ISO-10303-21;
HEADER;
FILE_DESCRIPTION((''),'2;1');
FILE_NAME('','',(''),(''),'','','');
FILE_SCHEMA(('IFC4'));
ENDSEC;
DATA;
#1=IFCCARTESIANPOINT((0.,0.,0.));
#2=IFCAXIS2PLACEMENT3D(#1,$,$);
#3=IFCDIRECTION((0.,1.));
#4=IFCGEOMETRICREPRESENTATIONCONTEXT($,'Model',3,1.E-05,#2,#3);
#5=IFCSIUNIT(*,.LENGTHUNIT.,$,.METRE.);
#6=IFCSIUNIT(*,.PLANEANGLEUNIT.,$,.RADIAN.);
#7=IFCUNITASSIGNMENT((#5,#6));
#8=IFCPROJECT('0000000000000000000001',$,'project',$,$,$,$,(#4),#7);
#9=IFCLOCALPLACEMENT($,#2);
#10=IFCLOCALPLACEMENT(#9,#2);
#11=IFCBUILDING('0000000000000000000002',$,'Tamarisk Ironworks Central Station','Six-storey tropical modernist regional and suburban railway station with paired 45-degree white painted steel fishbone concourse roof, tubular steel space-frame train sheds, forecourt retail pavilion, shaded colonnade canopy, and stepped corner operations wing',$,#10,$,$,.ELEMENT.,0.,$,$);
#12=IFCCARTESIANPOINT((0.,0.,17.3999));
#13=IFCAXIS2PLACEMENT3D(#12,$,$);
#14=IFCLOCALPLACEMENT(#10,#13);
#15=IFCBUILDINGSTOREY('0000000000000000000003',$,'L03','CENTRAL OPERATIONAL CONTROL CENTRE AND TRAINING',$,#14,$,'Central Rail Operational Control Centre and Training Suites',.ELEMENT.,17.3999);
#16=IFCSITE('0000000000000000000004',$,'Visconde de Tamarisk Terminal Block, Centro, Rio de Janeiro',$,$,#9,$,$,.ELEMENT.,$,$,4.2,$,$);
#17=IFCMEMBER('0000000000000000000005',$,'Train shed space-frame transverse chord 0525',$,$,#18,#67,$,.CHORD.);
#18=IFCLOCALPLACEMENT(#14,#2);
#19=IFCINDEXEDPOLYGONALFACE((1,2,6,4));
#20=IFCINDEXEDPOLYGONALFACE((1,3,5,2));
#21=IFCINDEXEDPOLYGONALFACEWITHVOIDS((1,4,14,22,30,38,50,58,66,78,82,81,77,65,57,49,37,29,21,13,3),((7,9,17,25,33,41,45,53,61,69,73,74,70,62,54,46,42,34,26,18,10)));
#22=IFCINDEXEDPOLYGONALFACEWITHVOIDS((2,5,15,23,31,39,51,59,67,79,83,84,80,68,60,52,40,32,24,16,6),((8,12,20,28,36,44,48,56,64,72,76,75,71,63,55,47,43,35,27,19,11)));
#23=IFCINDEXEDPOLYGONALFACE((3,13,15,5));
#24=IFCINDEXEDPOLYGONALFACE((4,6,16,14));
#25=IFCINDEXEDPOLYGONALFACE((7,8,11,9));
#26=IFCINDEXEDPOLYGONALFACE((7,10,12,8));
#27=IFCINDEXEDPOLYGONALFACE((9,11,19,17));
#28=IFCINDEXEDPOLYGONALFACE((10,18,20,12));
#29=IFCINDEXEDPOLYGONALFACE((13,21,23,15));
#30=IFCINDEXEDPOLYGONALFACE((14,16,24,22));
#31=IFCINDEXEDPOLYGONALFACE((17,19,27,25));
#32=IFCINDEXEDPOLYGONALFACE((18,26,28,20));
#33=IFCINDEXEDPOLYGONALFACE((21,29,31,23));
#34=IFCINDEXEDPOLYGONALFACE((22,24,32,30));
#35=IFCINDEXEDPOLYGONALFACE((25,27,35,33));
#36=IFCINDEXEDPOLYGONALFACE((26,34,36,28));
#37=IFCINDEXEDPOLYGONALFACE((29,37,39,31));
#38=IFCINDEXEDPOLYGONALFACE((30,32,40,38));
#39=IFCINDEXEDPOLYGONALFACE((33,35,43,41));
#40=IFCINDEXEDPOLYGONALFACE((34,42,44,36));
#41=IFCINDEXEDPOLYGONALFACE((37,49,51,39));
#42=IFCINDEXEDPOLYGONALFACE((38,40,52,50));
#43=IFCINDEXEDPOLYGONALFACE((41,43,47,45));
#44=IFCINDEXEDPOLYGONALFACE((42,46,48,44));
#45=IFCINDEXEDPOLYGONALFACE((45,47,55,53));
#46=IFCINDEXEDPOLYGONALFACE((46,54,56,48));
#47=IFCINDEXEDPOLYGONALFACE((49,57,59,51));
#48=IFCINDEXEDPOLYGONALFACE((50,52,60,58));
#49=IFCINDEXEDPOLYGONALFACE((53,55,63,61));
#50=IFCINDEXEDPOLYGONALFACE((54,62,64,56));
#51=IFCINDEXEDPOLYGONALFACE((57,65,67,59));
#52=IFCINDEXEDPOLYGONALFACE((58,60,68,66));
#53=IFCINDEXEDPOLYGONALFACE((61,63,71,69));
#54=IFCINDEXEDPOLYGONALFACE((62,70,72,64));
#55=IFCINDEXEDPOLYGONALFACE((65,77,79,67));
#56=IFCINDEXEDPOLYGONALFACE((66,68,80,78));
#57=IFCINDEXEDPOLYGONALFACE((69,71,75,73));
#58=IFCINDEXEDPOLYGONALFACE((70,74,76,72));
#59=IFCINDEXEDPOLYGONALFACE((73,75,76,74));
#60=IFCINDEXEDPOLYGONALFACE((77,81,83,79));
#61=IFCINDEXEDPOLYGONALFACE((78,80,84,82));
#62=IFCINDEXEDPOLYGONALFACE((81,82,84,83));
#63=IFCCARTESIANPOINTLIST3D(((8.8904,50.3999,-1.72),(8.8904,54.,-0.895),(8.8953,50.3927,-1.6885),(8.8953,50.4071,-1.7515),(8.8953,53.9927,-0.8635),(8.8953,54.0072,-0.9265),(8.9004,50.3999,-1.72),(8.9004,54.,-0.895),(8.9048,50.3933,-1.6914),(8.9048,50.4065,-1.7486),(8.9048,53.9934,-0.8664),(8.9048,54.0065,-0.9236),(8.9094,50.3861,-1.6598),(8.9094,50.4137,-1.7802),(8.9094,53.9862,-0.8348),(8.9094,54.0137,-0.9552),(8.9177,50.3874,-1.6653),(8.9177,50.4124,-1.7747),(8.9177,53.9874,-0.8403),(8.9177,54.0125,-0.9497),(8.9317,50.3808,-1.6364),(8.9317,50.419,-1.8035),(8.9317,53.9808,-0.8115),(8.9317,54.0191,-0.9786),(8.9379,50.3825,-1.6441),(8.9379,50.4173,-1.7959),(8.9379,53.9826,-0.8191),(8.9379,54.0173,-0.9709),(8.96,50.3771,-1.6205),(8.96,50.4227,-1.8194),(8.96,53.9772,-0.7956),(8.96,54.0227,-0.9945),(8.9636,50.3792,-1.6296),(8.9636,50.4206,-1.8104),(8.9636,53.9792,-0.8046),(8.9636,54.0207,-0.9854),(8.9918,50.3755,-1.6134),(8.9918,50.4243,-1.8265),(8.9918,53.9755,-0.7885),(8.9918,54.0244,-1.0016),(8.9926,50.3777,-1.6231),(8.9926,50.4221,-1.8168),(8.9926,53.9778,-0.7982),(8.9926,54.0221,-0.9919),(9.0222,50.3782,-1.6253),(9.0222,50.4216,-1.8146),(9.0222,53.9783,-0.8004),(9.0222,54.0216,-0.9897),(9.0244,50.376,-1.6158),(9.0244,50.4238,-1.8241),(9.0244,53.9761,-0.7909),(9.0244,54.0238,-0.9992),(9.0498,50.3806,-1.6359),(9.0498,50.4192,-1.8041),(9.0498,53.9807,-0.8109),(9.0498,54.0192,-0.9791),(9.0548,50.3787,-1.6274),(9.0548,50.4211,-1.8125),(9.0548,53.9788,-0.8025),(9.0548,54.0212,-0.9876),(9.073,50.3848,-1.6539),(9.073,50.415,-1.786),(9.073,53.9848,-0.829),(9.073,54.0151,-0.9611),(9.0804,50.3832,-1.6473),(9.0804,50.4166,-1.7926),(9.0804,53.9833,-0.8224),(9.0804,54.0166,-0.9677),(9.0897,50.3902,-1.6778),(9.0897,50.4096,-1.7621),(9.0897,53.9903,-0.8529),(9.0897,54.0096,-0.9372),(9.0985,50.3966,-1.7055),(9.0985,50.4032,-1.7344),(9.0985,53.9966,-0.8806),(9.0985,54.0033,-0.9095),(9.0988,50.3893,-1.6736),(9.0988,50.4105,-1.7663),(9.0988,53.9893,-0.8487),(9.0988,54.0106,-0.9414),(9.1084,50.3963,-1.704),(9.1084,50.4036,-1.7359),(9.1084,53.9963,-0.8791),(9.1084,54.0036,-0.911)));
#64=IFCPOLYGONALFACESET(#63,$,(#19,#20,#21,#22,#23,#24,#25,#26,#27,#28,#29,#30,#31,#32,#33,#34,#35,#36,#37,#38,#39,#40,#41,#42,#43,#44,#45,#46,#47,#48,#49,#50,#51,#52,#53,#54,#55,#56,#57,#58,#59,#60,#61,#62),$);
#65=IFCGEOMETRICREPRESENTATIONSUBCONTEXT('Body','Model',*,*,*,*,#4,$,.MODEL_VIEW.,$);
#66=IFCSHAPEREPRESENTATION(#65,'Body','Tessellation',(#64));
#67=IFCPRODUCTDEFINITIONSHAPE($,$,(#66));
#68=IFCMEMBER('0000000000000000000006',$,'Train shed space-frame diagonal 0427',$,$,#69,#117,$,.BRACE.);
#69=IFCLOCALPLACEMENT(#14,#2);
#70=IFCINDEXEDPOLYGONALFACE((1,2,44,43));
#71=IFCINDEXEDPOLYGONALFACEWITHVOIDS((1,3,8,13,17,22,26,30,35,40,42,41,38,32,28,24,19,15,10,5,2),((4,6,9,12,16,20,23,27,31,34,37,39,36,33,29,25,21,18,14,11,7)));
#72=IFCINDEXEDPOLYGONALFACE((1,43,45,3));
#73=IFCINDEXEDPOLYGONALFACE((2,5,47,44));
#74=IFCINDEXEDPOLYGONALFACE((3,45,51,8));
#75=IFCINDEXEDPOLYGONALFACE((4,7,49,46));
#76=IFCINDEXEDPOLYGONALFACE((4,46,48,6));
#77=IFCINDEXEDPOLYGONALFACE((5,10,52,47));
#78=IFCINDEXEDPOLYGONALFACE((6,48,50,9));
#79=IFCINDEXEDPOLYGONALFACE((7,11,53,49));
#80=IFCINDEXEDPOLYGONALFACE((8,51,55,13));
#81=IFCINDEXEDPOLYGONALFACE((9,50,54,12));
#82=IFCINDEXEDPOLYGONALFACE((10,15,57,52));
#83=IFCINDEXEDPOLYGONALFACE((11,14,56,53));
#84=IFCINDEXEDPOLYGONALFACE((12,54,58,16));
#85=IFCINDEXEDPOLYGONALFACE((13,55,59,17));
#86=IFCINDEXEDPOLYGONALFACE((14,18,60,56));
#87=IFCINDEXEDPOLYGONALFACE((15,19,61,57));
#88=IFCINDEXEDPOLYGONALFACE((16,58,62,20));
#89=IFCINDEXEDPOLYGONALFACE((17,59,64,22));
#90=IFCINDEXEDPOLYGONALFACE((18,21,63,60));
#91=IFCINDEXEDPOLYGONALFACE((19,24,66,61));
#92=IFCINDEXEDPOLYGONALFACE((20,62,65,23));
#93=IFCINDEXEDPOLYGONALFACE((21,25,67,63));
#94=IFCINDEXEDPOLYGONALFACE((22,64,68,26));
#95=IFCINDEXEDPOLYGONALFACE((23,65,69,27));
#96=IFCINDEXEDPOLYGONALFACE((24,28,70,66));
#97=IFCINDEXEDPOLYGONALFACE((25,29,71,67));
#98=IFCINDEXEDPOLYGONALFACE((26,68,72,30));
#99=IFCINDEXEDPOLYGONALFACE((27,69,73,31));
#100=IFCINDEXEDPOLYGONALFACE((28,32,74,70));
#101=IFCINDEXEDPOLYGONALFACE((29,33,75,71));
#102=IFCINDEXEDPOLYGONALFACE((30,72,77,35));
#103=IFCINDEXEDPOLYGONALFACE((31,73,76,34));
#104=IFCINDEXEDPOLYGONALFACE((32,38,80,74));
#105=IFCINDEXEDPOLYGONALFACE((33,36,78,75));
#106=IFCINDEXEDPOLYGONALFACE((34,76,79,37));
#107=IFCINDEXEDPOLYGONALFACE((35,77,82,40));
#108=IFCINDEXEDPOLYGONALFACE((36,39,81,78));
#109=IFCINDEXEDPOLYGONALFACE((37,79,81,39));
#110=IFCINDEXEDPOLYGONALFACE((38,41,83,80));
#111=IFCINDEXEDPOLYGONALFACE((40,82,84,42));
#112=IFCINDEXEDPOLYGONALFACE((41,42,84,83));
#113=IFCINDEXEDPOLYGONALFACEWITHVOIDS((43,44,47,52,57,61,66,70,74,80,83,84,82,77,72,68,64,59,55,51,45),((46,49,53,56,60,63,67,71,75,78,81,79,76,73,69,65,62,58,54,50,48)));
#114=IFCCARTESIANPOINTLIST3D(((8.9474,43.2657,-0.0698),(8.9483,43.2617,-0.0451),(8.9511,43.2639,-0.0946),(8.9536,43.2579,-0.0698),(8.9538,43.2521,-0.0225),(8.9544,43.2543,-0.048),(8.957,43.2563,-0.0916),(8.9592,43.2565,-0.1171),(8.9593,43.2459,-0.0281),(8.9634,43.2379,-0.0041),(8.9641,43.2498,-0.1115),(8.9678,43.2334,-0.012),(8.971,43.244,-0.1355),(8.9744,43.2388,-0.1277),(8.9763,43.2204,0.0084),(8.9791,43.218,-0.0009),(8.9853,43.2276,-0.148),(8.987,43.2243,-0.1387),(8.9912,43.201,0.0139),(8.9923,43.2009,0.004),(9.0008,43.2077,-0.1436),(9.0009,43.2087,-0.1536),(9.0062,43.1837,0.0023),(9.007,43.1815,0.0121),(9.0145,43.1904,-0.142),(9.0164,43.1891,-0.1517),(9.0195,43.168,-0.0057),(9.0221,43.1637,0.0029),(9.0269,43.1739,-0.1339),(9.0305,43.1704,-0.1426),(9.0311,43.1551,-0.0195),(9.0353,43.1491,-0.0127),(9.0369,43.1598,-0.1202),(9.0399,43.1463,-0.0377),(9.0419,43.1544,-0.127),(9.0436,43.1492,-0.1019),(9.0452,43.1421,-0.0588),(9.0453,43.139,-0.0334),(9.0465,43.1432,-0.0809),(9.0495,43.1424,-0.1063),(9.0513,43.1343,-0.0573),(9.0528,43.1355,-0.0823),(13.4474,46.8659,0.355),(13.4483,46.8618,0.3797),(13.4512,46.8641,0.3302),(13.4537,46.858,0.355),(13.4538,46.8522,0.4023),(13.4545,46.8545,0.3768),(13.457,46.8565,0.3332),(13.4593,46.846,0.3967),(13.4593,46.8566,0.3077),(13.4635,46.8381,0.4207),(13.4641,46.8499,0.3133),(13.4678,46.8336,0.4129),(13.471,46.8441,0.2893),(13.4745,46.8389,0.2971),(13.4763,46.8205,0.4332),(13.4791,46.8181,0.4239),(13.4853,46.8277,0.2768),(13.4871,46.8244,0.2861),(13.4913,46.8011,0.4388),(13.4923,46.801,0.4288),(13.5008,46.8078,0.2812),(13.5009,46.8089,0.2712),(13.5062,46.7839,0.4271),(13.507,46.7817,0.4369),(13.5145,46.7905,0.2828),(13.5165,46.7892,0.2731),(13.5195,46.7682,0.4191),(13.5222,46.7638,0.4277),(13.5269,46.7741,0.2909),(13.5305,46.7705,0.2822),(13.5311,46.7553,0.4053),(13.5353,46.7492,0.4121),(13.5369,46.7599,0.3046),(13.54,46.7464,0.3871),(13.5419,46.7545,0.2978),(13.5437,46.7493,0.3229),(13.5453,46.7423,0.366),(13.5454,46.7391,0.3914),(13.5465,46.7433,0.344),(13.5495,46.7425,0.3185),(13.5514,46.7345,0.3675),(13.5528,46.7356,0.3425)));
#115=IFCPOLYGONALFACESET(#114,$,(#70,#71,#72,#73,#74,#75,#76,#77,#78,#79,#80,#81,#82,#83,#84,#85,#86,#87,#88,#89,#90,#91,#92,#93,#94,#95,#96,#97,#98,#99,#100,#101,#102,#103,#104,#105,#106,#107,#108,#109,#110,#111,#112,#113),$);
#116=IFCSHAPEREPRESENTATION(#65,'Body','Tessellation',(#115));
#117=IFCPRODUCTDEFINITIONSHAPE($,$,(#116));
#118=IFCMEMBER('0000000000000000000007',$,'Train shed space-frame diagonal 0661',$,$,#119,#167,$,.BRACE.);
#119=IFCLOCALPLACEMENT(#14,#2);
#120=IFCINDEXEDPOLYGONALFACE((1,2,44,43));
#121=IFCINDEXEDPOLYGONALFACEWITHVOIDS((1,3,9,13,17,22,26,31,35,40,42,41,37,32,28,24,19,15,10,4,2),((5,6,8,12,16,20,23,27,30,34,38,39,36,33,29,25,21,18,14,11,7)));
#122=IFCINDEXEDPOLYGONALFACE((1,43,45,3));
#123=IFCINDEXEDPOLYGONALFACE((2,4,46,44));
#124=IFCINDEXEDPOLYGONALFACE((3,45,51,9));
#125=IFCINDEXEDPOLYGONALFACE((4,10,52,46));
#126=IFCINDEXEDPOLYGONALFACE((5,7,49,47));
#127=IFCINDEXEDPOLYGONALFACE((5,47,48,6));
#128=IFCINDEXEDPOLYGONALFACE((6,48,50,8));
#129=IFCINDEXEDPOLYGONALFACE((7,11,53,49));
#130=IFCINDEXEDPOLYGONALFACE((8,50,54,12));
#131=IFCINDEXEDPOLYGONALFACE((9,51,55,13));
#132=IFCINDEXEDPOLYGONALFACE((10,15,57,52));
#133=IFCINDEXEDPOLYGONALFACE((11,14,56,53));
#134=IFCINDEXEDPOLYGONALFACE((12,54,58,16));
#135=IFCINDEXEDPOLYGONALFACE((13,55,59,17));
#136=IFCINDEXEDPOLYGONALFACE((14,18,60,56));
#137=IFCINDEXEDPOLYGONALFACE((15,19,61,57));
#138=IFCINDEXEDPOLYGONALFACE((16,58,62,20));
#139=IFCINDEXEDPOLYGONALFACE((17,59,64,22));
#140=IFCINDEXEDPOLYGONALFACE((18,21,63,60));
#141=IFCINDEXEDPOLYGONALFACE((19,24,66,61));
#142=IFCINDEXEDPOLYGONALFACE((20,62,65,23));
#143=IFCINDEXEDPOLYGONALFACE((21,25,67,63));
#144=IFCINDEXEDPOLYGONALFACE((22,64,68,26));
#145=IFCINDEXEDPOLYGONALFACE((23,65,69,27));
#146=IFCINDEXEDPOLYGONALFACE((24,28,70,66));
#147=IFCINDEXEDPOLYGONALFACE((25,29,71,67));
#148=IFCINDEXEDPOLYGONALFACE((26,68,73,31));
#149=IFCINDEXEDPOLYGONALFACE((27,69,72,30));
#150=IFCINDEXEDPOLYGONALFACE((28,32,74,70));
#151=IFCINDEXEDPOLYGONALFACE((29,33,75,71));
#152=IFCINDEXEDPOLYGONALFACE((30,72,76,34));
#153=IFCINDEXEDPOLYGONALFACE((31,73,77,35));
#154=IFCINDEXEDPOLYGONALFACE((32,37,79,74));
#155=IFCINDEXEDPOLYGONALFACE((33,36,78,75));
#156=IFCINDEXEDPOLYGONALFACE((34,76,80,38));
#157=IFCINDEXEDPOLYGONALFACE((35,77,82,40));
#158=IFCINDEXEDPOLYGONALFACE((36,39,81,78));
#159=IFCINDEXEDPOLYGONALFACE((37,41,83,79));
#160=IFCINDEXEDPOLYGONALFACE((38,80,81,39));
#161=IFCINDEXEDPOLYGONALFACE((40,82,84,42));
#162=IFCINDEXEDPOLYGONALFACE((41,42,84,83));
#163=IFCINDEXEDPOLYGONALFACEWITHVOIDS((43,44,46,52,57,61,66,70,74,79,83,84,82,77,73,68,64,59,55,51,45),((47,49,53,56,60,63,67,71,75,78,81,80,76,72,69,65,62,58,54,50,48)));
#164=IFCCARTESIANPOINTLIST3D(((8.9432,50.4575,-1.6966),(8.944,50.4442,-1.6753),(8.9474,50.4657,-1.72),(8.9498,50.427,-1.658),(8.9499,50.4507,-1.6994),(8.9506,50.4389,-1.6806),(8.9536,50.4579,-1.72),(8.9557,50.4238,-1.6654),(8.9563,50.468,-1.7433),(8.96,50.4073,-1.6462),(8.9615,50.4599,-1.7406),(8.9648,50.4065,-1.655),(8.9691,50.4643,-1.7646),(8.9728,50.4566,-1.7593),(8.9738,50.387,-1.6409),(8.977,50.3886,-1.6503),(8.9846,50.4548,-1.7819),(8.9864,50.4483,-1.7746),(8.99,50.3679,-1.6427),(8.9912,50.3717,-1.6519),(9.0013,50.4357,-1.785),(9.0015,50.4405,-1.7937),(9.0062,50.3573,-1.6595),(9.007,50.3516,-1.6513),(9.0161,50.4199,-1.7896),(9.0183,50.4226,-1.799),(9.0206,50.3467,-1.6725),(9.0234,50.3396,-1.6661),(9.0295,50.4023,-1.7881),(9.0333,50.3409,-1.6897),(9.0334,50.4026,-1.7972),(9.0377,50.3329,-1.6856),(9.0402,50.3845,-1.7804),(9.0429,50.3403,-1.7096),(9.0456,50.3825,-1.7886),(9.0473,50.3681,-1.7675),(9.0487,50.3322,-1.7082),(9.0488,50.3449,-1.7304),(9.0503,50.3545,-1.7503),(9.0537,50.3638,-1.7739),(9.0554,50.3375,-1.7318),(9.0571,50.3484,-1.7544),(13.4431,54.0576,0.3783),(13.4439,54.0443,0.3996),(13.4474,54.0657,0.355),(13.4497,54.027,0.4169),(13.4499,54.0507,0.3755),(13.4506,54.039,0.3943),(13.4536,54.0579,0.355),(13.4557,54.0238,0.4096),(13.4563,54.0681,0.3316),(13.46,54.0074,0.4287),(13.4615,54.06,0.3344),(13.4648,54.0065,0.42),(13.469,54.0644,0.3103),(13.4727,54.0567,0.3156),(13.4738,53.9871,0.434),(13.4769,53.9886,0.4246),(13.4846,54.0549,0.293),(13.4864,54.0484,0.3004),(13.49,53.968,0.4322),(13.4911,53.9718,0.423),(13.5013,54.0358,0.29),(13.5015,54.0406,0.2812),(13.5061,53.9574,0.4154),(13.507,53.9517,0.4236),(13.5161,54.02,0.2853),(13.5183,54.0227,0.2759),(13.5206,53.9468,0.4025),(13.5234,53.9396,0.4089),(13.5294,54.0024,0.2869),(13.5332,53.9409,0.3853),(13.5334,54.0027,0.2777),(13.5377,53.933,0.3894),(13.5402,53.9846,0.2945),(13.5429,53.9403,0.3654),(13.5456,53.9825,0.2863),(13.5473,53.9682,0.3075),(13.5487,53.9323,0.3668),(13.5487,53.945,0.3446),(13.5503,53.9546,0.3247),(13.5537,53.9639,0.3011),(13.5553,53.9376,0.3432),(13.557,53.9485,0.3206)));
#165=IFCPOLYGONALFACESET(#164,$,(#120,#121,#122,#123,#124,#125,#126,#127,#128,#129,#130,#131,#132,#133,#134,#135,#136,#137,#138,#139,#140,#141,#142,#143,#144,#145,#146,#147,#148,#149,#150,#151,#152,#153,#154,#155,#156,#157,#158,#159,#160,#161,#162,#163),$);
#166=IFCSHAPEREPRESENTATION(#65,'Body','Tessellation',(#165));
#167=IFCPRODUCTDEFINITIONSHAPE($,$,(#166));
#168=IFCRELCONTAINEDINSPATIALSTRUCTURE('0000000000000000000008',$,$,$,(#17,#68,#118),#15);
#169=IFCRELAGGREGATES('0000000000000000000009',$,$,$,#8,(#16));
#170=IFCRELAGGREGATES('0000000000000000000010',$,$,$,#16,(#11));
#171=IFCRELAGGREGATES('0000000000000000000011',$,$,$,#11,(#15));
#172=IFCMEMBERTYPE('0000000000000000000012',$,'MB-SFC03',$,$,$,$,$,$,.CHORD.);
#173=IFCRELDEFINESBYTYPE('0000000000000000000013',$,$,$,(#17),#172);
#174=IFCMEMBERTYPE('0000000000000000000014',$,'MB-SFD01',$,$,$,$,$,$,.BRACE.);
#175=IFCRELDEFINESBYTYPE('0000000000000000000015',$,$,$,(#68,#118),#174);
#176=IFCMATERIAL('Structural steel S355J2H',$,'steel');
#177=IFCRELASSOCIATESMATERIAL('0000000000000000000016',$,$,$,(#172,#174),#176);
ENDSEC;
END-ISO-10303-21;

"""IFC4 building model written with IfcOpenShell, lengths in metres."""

from ifc_helpers import new_model, si_unit, direction, frame, origin, origin_2d, place, context, subcontext, project, spatial, hollow_circle, extrude, material, material_profile, profile_set, type_object, element, save


model = new_model("IFC4")

# Units and contexts
model_context = context("Model", 3, precision=1e-05, world=origin(), true_north=direction((0.0, 1.0)))
body_context = subcontext(model_context, "Body", "Model", "MODEL_VIEW")
ifc_project = project(units=[si_unit("LENGTHUNIT", "METRE"), si_unit("PLANEANGLEUNIT", "RADIAN")], contexts=[model_context])

# Site, building, storey
site_placement = place(None, origin())
site = spatial("IfcSite", under=ifc_project, at=site_placement, Name="Visconde de Tamarisk Terminal Block, Centro, Rio de Janeiro", CompositionType="ELEMENT", RefElevation=4.2)
building_placement = place(site_placement, origin())
building = spatial("IfcBuilding", under=site, at=building_placement, Name="Tamarisk Ironworks Central Station", Description="Six-storey tropical modernist regional and suburban railway station with paired 45-degree white painted steel fishbone concourse roof, tubular steel space-frame train sheds, forecourt retail pavilion, shaded colonnade canopy, and stepped corner operations wing", CompositionType="ELEMENT", ElevationOfRefHeight=0.0)
storey_placement = place(building_placement, frame((0.0, 0.0, 17.3999)))
storey = spatial("IfcBuildingStorey", under=building, at=storey_placement, Name="L03", Description="CENTRAL OPERATIONAL CONTROL CENTRE AND TRAINING", LongName="Central Rail Operational Control Centre and Training Suites", CompositionType="ELEMENT", Elevation=17.3999)

# Members
ifc_material_1 = material(Name="Structural steel S355J2H", Category="steel")
ifc_material_profile_1 = material_profile(ifc_material_1, hollow_circle(Radius=0.1096, WallThickness=0.01, at=origin_2d()), Name="CHS 219.1x10")
ifc_profile_set_1 = profile_set([ifc_material_profile_1], Name="Structural steel S355J2H")
member_type_1 = type_object("IfcMemberType", Name="MB-SFC03", PredefinedType="CHORD", material=ifc_profile_set_1)
for number, where, z_axis, x_axis, name in (
    (1, (9.0, 50.3999, -1.72), (0.0, 0.974737, 0.223358), (-1.0, 0.0, 0.0), "Train shed space-frame transverse chord 0525"),
):
    element("IfcMember", number, at=place(storey_placement, frame(where, z_axis=z_axis, x_axis=x_axis)), inside=storey, type_object=member_type_1, Name=name, PredefinedType="CHORD", context=body_context, shape_type="SweptSolid", body=[
        extrude(hollow_circle(Radius=0.1096, WallThickness=0.01, at=origin_2d()), origin(), (0.0, 0.0, 1.0), 3.6934),
    ])
ifc_material_profile_2 = material_profile(ifc_material_1, hollow_circle(Radius=0.0842, WallThickness=0.01, at=origin_2d()), Name="CHS 168.3x10")
ifc_profile_set_2 = profile_set([ifc_material_profile_2], Name="Structural steel S355J2H")
member_type_2 = type_object("IfcMemberType", Name="MB-SFD01", PredefinedType="BRACE", material=ifc_profile_set_2)
member_1_placement = place(storey_placement, frame((9.0, 43.2, -0.0698), z_axis=(0.778748, 0.623015, 0.073515), x_axis=(-0.624705, 0.780861, 0.0)))
element("IfcMember", 2, at=member_1_placement, inside=storey, type_object=member_type_2, Name="Train shed space-frame diagonal 0427", PredefinedType="BRACE", context=body_context, shape_type="SweptSolid", body=[
    extrude(hollow_circle(Radius=0.0842, WallThickness=0.01, at=origin_2d()), origin(), (0.0, 0.0, 1.0), 5.7786),
])
member_2_placement = place(storey_placement, frame((9.0, 50.3999, -1.72), z_axis=(0.734689, 0.587767, 0.338765), x_axis=(-0.624705, 0.780861, 0.0)))
element("IfcMember", 3, at=member_2_placement, inside=storey, type_object=member_type_2, Name="Train shed space-frame diagonal 0661", PredefinedType="BRACE", context=body_context, shape_type="SweptSolid", body=[
    extrude(hollow_circle(Radius=0.0842, WallThickness=0.01, at=origin_2d()), origin(), (0.0, 0.0, 1.0), 6.125),
])

save(model, "model.ifc")
